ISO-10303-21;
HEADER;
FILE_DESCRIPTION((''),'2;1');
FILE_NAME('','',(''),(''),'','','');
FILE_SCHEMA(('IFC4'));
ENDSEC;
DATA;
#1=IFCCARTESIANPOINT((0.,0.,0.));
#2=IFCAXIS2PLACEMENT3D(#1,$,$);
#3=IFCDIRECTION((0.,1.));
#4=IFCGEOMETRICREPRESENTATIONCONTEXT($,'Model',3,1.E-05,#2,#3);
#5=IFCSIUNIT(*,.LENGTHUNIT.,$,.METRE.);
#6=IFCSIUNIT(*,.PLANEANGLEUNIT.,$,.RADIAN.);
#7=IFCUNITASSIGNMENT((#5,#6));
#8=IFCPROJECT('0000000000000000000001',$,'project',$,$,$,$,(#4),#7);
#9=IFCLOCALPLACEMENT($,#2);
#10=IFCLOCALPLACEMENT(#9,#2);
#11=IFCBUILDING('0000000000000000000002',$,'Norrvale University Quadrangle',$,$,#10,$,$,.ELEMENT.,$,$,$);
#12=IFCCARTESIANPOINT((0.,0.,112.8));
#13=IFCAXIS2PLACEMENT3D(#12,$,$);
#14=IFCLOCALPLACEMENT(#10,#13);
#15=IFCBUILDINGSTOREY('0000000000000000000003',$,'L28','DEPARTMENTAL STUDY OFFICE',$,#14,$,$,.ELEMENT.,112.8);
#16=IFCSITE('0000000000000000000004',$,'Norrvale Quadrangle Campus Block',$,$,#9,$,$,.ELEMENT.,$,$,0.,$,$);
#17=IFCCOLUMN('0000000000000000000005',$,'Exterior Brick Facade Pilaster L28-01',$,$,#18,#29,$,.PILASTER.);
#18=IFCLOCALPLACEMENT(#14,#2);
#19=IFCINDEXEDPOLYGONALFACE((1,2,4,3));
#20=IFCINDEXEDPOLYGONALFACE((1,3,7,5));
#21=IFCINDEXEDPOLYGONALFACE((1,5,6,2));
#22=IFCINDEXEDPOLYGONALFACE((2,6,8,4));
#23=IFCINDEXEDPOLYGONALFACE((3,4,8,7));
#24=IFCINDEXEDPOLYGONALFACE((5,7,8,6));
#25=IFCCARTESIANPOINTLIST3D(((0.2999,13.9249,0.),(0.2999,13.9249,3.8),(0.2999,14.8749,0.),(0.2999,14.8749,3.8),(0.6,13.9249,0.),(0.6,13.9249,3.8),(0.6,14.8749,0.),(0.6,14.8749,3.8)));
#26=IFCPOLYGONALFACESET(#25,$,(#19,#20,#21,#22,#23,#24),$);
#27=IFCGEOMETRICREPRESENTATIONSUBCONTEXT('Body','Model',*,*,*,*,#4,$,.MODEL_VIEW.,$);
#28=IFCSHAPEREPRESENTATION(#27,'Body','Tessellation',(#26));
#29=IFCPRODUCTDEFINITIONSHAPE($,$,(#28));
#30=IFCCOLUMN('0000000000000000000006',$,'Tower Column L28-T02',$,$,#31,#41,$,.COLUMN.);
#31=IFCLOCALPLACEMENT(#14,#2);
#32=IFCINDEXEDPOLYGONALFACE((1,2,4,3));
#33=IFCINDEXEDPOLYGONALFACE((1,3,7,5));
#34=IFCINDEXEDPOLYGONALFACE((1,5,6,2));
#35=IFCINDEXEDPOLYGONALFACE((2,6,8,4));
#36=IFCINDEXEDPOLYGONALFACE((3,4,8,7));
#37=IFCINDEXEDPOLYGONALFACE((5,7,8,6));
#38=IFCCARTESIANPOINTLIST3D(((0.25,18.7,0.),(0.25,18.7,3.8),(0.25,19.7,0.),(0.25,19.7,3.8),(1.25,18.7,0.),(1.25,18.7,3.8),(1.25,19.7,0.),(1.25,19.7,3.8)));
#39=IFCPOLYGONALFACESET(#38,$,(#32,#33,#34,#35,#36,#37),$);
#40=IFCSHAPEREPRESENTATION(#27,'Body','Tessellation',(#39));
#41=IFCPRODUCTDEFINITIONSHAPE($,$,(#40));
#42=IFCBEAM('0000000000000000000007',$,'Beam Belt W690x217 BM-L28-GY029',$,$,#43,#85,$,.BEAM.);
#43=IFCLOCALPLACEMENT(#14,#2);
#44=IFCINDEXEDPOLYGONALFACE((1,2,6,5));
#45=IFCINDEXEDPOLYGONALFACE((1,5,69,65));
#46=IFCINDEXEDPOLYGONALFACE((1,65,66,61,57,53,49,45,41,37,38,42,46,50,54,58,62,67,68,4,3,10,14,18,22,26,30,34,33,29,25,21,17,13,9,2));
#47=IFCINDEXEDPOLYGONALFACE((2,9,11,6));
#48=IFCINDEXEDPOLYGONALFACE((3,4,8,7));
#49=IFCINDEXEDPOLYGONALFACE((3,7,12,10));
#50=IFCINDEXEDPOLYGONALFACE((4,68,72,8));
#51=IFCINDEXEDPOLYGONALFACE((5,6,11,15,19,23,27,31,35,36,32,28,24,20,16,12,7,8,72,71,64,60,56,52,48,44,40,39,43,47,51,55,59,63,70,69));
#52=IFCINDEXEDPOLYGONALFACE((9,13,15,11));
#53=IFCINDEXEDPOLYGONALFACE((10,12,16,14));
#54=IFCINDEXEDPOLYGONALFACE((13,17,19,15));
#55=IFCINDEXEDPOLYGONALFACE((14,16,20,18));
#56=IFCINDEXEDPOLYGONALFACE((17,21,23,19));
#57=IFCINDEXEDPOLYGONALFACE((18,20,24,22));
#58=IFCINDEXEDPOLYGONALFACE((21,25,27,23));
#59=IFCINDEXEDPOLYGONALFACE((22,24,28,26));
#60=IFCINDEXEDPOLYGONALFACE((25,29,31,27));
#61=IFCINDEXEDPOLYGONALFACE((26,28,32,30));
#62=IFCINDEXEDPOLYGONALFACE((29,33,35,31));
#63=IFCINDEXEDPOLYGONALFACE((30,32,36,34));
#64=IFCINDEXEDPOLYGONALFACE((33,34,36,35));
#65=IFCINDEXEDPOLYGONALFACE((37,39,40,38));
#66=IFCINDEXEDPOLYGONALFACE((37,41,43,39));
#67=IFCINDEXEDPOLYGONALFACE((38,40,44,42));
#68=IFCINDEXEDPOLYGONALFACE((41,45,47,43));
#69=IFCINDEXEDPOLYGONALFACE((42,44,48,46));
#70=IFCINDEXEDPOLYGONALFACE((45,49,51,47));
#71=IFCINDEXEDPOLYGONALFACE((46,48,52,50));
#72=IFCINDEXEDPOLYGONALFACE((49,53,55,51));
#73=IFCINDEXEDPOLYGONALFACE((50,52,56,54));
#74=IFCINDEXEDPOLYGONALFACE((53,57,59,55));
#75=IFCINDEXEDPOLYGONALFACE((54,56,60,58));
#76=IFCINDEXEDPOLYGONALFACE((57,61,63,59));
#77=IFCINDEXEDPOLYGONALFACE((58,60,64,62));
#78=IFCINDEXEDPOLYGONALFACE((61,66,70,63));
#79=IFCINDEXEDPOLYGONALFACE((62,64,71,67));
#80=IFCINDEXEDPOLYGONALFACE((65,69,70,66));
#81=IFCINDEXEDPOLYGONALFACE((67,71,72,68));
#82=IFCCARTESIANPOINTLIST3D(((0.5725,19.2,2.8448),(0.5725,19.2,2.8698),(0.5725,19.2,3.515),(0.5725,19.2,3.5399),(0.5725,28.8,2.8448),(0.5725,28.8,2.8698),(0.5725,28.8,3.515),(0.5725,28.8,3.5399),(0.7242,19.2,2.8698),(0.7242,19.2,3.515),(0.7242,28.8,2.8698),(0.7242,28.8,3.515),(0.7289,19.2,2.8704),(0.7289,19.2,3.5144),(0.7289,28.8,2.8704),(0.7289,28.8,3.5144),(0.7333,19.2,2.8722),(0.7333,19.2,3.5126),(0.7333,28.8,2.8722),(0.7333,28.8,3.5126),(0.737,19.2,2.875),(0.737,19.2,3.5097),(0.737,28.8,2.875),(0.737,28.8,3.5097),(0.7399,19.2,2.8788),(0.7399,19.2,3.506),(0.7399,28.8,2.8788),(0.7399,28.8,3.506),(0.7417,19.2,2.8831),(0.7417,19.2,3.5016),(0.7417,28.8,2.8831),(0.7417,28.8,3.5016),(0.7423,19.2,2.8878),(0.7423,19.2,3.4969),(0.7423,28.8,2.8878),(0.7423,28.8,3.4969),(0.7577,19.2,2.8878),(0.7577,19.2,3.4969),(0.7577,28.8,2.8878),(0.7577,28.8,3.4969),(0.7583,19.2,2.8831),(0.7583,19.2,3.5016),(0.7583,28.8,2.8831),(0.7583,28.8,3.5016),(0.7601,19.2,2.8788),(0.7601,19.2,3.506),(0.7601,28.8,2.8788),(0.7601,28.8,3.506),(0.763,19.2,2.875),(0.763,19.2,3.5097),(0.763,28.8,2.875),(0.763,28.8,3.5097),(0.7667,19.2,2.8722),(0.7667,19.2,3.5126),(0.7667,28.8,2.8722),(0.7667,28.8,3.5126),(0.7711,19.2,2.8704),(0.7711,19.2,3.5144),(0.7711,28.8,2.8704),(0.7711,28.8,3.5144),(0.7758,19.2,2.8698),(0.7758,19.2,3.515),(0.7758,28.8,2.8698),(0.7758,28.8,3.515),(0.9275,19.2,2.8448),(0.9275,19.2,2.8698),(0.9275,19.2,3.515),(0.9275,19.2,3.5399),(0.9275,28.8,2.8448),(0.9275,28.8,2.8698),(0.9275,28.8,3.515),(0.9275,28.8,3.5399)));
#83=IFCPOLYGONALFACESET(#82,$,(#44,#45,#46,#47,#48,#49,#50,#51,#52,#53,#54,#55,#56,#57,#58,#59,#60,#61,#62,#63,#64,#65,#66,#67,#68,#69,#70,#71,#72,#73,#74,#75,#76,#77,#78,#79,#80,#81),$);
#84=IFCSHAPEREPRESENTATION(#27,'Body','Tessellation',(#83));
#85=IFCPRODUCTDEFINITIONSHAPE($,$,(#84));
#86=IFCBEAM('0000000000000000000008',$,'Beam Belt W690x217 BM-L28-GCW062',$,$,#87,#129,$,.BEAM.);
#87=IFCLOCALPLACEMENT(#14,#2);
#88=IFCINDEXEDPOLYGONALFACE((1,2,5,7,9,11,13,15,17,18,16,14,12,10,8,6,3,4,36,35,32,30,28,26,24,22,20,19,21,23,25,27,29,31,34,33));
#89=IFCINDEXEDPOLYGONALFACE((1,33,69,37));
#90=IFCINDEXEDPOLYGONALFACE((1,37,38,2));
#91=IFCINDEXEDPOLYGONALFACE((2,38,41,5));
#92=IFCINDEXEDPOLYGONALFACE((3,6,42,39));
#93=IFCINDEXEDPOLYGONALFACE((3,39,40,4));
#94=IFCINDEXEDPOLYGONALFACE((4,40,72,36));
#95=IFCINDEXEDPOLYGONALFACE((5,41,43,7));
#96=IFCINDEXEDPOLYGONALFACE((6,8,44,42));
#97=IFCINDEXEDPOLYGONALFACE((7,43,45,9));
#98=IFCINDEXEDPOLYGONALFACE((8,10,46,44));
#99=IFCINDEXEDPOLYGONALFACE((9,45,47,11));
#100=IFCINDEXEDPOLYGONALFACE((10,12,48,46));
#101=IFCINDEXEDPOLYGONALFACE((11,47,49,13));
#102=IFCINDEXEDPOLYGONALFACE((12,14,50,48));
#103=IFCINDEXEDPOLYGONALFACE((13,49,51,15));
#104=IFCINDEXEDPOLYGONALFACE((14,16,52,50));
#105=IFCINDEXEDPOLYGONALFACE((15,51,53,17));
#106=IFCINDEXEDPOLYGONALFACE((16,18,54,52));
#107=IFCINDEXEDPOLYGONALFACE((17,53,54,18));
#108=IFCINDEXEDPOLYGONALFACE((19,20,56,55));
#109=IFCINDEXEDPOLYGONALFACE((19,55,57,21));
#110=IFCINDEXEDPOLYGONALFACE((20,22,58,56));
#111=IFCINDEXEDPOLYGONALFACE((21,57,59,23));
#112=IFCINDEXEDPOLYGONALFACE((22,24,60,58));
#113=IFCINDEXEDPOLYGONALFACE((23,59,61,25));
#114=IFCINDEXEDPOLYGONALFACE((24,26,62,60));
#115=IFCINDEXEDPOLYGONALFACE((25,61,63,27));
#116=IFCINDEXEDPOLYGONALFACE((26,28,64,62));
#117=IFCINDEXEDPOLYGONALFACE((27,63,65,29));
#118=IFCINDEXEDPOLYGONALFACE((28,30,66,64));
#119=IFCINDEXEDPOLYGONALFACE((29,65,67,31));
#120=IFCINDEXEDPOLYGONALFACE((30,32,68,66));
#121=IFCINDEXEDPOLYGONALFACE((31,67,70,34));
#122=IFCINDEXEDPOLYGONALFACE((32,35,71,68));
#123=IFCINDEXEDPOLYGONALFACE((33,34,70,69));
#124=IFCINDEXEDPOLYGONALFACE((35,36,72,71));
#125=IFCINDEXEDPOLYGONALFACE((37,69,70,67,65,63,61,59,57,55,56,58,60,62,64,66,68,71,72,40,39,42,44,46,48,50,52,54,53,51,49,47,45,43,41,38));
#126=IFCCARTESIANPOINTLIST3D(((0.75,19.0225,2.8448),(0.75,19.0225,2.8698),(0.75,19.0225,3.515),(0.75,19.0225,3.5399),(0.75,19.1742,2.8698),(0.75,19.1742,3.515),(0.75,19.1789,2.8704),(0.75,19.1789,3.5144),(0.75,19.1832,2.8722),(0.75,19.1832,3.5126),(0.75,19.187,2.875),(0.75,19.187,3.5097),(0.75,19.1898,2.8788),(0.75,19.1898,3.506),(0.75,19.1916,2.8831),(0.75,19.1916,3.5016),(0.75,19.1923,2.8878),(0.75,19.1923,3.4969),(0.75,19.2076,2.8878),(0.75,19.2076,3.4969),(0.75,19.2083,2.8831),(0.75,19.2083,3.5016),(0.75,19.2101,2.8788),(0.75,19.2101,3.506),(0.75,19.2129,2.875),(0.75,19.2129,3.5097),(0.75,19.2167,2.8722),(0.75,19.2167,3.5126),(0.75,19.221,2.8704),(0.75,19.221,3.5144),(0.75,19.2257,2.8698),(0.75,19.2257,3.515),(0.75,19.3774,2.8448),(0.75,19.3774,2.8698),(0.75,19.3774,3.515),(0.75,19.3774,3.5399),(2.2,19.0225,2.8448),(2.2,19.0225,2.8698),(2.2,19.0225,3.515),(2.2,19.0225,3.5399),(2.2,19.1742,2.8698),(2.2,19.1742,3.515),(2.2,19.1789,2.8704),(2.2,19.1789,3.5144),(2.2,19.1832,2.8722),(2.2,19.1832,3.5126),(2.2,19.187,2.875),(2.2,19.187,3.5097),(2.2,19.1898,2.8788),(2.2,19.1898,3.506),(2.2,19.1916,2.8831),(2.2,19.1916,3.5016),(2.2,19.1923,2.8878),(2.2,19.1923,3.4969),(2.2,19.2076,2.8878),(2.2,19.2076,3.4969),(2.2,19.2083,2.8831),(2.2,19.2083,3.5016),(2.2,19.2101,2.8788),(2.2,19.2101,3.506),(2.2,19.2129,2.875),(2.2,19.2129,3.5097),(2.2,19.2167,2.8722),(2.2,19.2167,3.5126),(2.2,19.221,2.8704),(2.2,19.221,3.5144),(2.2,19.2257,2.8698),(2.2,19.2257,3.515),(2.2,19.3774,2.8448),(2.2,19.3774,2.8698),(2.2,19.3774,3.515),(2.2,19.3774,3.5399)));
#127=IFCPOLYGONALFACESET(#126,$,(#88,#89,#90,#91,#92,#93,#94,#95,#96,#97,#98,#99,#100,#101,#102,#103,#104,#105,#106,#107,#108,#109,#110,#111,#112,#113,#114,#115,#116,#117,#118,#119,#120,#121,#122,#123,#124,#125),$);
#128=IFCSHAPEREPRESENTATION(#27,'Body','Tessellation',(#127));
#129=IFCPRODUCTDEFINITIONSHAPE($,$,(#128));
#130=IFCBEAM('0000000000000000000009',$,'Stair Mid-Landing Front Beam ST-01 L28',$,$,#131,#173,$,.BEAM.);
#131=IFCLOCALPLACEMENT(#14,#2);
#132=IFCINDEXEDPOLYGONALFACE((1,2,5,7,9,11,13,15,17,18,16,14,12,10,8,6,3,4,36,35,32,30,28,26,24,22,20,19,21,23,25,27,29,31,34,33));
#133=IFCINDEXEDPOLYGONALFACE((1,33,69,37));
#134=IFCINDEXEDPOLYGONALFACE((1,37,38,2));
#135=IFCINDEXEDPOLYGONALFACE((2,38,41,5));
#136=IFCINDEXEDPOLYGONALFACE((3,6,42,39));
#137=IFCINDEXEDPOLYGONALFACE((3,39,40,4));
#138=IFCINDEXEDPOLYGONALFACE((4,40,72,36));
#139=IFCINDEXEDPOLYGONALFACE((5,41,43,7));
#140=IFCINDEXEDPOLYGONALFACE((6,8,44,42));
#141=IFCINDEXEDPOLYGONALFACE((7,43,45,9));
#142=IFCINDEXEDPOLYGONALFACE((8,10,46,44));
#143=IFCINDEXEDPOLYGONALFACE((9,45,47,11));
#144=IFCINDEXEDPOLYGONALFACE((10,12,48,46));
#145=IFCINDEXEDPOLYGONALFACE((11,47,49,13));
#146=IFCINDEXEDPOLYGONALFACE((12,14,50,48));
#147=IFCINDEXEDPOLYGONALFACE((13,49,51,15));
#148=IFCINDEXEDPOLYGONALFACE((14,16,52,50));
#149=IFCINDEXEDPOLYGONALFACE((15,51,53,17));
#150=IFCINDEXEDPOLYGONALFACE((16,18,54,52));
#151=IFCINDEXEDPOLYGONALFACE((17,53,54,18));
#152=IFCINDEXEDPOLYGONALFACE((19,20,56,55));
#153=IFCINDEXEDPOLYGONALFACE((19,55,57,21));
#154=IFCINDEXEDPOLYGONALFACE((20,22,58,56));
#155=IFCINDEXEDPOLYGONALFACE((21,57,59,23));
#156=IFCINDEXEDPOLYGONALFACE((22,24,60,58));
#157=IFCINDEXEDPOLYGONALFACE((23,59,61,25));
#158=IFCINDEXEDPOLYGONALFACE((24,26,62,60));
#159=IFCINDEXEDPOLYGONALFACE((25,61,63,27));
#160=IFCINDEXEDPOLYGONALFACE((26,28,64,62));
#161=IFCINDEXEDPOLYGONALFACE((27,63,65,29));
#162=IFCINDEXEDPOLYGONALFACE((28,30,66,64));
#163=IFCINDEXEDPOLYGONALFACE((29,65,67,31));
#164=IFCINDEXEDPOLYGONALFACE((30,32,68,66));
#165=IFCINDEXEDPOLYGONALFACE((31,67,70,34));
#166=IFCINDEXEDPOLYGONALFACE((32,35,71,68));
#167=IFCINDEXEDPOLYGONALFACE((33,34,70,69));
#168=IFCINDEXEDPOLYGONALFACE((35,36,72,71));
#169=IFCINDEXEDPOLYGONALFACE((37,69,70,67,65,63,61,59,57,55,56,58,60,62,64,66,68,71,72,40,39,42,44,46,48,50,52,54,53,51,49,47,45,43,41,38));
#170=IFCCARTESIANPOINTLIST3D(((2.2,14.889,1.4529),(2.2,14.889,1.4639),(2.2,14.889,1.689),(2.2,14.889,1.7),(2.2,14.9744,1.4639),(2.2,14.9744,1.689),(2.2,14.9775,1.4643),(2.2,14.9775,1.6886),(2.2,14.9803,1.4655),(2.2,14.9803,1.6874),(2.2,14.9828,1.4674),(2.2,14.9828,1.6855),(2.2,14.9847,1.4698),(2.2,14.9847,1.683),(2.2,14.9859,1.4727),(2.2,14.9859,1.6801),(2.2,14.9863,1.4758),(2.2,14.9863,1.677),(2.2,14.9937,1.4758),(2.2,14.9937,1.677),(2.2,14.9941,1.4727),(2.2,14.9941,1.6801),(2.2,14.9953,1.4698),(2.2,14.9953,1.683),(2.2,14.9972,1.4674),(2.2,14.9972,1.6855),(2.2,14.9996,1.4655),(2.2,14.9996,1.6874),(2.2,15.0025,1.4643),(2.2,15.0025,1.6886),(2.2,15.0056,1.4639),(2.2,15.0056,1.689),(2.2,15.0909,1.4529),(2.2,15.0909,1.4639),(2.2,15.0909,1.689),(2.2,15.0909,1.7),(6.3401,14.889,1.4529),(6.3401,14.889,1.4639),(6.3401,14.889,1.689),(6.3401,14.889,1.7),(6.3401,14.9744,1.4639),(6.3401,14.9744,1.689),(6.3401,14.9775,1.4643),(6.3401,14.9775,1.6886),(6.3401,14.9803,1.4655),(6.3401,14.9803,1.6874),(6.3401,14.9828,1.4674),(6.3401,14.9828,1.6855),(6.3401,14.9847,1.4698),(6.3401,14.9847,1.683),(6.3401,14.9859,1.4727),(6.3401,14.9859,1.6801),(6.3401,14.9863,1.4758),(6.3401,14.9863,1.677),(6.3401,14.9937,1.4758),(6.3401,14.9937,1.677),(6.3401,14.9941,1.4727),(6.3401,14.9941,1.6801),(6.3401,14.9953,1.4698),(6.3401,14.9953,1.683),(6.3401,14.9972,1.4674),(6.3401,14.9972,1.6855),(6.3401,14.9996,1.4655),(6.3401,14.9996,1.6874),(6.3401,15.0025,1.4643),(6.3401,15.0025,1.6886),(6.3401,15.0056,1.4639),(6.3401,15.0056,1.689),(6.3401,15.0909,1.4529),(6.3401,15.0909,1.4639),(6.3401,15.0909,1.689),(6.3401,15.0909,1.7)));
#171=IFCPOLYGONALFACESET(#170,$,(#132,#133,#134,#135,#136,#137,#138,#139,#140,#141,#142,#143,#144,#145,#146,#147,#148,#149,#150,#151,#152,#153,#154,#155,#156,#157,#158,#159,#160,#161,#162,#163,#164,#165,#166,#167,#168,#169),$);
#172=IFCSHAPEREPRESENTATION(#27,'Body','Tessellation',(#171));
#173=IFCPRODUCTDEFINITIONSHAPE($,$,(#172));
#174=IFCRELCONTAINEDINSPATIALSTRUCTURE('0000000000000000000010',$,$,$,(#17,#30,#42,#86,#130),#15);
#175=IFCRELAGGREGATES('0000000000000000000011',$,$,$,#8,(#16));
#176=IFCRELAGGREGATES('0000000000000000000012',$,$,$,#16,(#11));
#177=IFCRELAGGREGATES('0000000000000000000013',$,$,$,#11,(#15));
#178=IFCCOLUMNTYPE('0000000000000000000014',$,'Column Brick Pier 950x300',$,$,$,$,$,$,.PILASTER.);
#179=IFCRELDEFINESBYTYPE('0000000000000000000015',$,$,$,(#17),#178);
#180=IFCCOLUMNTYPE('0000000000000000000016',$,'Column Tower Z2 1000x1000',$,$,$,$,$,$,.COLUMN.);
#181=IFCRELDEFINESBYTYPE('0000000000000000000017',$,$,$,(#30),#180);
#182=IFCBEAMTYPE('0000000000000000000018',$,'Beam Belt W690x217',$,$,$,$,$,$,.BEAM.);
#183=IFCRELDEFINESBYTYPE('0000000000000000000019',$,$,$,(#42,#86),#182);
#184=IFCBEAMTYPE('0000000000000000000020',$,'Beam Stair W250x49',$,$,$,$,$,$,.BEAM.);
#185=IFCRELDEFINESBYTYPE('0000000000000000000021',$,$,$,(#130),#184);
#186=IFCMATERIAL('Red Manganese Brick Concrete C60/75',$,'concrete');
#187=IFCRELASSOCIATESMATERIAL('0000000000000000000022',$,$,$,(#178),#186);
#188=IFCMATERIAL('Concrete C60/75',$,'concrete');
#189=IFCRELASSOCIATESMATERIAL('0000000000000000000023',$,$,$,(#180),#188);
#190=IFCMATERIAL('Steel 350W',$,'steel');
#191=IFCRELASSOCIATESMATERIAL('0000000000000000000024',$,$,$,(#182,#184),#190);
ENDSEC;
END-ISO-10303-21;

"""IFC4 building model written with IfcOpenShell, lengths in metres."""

from ifc_helpers import new_model, si_unit, direction, frame, origin, origin_2d, place, context, subcontext, project, spatial, rectangle, i_section, extrude, material, material_profile, profile_set, type_object, element, save


model = new_model("IFC4")

# Units and contexts
model_context = context("Model", 3, precision=1e-05, world=origin(), true_north=direction((0.0, 1.0)))
body_context = subcontext(model_context, "Body", "Model", "MODEL_VIEW")
ifc_project = project(units=[si_unit("LENGTHUNIT", "METRE"), si_unit("PLANEANGLEUNIT", "RADIAN")], contexts=[model_context])

# Site, building, storey
site_placement = place(None, origin())
site = spatial("IfcSite", under=ifc_project, at=site_placement, Name="Norrvale Quadrangle Campus Block", CompositionType="ELEMENT", RefElevation=0.0)
building_placement = place(site_placement, origin())
building = spatial("IfcBuilding", under=site, at=building_placement, Name="Norrvale University Quadrangle", CompositionType="ELEMENT")
storey_placement = place(building_placement, frame((0.0, 0.0, 112.8)))
storey = spatial("IfcBuildingStorey", under=building, at=storey_placement, Name="L28", Description="DEPARTMENTAL STUDY OFFICE", CompositionType="ELEMENT", Elevation=112.8)

# Columns
ifc_material_1 = material(Name="Red Manganese Brick Concrete C60/75", Category="concrete")
ifc_material_profile_1 = material_profile(ifc_material_1, rectangle(XDim=0.95, YDim=0.3, at=origin_2d()), Name="Red Manganese Brick Concrete C60/75")
ifc_profile_set_1 = profile_set([ifc_material_profile_1], Name="Red Manganese Brick Concrete C60/75")
column_type_1 = type_object("IfcColumnType", Name="Column Brick Pier 950x300", PredefinedType="PILASTER", material=ifc_profile_set_1)
column_1_placement = place(storey_placement, frame((0.45, 14.3999, 0.0), z_axis=(0.0, 0.0, 1.0), x_axis=(0.0, 1.0, 0.0)))
element("IfcColumn", 1, at=column_1_placement, inside=storey, type_object=column_type_1, Name="Exterior Brick Facade Pilaster L28-01", PredefinedType="PILASTER", context=body_context, shape_type="SweptSolid", body=[
    extrude(rectangle(XDim=0.95, YDim=0.3, at=origin_2d()), origin(), (0.0, 0.0, 1.0), 3.8),
])
ifc_material_2 = material(Name="Concrete C60/75", Category="concrete")
ifc_material_profile_2 = material_profile(ifc_material_2, rectangle(XDim=1.0, YDim=1.0, at=origin_2d()), Name="Concrete C60/75")
ifc_profile_set_2 = profile_set([ifc_material_profile_2], Name="Concrete C60/75")
column_type_2 = type_object("IfcColumnType", Name="Column Tower Z2 1000x1000", PredefinedType="COLUMN", material=ifc_profile_set_2)
column_2_placement = place(storey_placement, frame((0.75, 19.2, 0.0), z_axis=(0.0, 0.0, 1.0), x_axis=(1.0, 0.0, 0.0)))
element("IfcColumn", 2, at=column_2_placement, inside=storey, type_object=column_type_2, Name="Tower Column L28-T02", PredefinedType="COLUMN", context=body_context, shape_type="SweptSolid", body=[
    extrude(rectangle(XDim=1.0, YDim=1.0, at=origin_2d()), origin(), (0.0, 0.0, 1.0), 3.8),
])

# Beams
ifc_material_3 = material(Name="Steel 350W", Category="steel")
ifc_material_profile_3 = material_profile(ifc_material_3, i_section(OverallWidth=0.355, OverallDepth=0.6951, WebThickness=0.0154, FlangeThickness=0.0249, FilletRadius=0.0181, at=origin_2d()), Name="Steel 350W")
ifc_profile_set_3 = profile_set([ifc_material_profile_3], Name="Steel 350W")
beam_type_1 = type_object("IfcBeamType", Name="Beam Belt W690x217", PredefinedType="BEAM", material=ifc_profile_set_3)
beam_1_placement = place(storey_placement, frame((0.75, 19.2, 3.1924), z_axis=(0.0, 1.0, 0.0), x_axis=(-1.0, 0.0, 0.0)))
element("IfcBeam", 3, at=beam_1_placement, inside=storey, type_object=beam_type_1, Name="Beam Belt W690x217 BM-L28-GY029", PredefinedType="BEAM", context=body_context, shape_type="SweptSolid", body=[
    extrude(i_section(OverallWidth=0.355, OverallDepth=0.6951, WebThickness=0.0154, FlangeThickness=0.0249, FilletRadius=0.0181, at=origin_2d()), origin(), (0.0, 0.0, 1.0), 9.6001),
])
beam_2_placement = place(storey_placement, frame((0.75, 19.2, 3.1924), z_axis=(1.0, 0.0, 0.0), x_axis=(0.0, 1.0, 0.0)))
element("IfcBeam", 4, at=beam_2_placement, inside=storey, type_object=beam_type_1, Name="Beam Belt W690x217 BM-L28-GCW062", PredefinedType="BEAM", context=body_context, shape_type="SweptSolid", body=[
    extrude(i_section(OverallWidth=0.355, OverallDepth=0.6951, WebThickness=0.0154, FlangeThickness=0.0249, FilletRadius=0.0181, at=origin_2d()), origin(), (0.0, 0.0, 1.0), 1.45),
])
ifc_material_profile_4 = material_profile(ifc_material_3, i_section(OverallWidth=0.2019, OverallDepth=0.2471, WebThickness=0.0073, FlangeThickness=0.011, FilletRadius=0.012, at=origin_2d()), Name="Steel 350W")
ifc_profile_set_4 = profile_set([ifc_material_profile_4], Name="Steel 350W")
beam_type_2 = type_object("IfcBeamType", Name="Beam Stair W250x49", PredefinedType="BEAM", material=ifc_profile_set_4)
for number, where, z_axis, x_axis, name in (
    (5, (2.2, 14.99, 1.5764), (1.0, 0.0, 0.0), (0.0, 1.0, 0.0), "Stair Mid-Landing Front Beam ST-01 L28"),
):
    element("IfcBeam", number, at=place(storey_placement, frame(where, z_axis=z_axis, x_axis=x_axis)), inside=storey, type_object=beam_type_2, Name=name, PredefinedType="BEAM", context=body_context, shape_type="SweptSolid", body=[
        extrude(i_section(OverallWidth=0.2019, OverallDepth=0.2471, WebThickness=0.0073, FlangeThickness=0.011, FilletRadius=0.012, at=origin_2d()), origin(), (0.0, 0.0, 1.0), 4.1401),
    ])

save(model, "model.ifc")
